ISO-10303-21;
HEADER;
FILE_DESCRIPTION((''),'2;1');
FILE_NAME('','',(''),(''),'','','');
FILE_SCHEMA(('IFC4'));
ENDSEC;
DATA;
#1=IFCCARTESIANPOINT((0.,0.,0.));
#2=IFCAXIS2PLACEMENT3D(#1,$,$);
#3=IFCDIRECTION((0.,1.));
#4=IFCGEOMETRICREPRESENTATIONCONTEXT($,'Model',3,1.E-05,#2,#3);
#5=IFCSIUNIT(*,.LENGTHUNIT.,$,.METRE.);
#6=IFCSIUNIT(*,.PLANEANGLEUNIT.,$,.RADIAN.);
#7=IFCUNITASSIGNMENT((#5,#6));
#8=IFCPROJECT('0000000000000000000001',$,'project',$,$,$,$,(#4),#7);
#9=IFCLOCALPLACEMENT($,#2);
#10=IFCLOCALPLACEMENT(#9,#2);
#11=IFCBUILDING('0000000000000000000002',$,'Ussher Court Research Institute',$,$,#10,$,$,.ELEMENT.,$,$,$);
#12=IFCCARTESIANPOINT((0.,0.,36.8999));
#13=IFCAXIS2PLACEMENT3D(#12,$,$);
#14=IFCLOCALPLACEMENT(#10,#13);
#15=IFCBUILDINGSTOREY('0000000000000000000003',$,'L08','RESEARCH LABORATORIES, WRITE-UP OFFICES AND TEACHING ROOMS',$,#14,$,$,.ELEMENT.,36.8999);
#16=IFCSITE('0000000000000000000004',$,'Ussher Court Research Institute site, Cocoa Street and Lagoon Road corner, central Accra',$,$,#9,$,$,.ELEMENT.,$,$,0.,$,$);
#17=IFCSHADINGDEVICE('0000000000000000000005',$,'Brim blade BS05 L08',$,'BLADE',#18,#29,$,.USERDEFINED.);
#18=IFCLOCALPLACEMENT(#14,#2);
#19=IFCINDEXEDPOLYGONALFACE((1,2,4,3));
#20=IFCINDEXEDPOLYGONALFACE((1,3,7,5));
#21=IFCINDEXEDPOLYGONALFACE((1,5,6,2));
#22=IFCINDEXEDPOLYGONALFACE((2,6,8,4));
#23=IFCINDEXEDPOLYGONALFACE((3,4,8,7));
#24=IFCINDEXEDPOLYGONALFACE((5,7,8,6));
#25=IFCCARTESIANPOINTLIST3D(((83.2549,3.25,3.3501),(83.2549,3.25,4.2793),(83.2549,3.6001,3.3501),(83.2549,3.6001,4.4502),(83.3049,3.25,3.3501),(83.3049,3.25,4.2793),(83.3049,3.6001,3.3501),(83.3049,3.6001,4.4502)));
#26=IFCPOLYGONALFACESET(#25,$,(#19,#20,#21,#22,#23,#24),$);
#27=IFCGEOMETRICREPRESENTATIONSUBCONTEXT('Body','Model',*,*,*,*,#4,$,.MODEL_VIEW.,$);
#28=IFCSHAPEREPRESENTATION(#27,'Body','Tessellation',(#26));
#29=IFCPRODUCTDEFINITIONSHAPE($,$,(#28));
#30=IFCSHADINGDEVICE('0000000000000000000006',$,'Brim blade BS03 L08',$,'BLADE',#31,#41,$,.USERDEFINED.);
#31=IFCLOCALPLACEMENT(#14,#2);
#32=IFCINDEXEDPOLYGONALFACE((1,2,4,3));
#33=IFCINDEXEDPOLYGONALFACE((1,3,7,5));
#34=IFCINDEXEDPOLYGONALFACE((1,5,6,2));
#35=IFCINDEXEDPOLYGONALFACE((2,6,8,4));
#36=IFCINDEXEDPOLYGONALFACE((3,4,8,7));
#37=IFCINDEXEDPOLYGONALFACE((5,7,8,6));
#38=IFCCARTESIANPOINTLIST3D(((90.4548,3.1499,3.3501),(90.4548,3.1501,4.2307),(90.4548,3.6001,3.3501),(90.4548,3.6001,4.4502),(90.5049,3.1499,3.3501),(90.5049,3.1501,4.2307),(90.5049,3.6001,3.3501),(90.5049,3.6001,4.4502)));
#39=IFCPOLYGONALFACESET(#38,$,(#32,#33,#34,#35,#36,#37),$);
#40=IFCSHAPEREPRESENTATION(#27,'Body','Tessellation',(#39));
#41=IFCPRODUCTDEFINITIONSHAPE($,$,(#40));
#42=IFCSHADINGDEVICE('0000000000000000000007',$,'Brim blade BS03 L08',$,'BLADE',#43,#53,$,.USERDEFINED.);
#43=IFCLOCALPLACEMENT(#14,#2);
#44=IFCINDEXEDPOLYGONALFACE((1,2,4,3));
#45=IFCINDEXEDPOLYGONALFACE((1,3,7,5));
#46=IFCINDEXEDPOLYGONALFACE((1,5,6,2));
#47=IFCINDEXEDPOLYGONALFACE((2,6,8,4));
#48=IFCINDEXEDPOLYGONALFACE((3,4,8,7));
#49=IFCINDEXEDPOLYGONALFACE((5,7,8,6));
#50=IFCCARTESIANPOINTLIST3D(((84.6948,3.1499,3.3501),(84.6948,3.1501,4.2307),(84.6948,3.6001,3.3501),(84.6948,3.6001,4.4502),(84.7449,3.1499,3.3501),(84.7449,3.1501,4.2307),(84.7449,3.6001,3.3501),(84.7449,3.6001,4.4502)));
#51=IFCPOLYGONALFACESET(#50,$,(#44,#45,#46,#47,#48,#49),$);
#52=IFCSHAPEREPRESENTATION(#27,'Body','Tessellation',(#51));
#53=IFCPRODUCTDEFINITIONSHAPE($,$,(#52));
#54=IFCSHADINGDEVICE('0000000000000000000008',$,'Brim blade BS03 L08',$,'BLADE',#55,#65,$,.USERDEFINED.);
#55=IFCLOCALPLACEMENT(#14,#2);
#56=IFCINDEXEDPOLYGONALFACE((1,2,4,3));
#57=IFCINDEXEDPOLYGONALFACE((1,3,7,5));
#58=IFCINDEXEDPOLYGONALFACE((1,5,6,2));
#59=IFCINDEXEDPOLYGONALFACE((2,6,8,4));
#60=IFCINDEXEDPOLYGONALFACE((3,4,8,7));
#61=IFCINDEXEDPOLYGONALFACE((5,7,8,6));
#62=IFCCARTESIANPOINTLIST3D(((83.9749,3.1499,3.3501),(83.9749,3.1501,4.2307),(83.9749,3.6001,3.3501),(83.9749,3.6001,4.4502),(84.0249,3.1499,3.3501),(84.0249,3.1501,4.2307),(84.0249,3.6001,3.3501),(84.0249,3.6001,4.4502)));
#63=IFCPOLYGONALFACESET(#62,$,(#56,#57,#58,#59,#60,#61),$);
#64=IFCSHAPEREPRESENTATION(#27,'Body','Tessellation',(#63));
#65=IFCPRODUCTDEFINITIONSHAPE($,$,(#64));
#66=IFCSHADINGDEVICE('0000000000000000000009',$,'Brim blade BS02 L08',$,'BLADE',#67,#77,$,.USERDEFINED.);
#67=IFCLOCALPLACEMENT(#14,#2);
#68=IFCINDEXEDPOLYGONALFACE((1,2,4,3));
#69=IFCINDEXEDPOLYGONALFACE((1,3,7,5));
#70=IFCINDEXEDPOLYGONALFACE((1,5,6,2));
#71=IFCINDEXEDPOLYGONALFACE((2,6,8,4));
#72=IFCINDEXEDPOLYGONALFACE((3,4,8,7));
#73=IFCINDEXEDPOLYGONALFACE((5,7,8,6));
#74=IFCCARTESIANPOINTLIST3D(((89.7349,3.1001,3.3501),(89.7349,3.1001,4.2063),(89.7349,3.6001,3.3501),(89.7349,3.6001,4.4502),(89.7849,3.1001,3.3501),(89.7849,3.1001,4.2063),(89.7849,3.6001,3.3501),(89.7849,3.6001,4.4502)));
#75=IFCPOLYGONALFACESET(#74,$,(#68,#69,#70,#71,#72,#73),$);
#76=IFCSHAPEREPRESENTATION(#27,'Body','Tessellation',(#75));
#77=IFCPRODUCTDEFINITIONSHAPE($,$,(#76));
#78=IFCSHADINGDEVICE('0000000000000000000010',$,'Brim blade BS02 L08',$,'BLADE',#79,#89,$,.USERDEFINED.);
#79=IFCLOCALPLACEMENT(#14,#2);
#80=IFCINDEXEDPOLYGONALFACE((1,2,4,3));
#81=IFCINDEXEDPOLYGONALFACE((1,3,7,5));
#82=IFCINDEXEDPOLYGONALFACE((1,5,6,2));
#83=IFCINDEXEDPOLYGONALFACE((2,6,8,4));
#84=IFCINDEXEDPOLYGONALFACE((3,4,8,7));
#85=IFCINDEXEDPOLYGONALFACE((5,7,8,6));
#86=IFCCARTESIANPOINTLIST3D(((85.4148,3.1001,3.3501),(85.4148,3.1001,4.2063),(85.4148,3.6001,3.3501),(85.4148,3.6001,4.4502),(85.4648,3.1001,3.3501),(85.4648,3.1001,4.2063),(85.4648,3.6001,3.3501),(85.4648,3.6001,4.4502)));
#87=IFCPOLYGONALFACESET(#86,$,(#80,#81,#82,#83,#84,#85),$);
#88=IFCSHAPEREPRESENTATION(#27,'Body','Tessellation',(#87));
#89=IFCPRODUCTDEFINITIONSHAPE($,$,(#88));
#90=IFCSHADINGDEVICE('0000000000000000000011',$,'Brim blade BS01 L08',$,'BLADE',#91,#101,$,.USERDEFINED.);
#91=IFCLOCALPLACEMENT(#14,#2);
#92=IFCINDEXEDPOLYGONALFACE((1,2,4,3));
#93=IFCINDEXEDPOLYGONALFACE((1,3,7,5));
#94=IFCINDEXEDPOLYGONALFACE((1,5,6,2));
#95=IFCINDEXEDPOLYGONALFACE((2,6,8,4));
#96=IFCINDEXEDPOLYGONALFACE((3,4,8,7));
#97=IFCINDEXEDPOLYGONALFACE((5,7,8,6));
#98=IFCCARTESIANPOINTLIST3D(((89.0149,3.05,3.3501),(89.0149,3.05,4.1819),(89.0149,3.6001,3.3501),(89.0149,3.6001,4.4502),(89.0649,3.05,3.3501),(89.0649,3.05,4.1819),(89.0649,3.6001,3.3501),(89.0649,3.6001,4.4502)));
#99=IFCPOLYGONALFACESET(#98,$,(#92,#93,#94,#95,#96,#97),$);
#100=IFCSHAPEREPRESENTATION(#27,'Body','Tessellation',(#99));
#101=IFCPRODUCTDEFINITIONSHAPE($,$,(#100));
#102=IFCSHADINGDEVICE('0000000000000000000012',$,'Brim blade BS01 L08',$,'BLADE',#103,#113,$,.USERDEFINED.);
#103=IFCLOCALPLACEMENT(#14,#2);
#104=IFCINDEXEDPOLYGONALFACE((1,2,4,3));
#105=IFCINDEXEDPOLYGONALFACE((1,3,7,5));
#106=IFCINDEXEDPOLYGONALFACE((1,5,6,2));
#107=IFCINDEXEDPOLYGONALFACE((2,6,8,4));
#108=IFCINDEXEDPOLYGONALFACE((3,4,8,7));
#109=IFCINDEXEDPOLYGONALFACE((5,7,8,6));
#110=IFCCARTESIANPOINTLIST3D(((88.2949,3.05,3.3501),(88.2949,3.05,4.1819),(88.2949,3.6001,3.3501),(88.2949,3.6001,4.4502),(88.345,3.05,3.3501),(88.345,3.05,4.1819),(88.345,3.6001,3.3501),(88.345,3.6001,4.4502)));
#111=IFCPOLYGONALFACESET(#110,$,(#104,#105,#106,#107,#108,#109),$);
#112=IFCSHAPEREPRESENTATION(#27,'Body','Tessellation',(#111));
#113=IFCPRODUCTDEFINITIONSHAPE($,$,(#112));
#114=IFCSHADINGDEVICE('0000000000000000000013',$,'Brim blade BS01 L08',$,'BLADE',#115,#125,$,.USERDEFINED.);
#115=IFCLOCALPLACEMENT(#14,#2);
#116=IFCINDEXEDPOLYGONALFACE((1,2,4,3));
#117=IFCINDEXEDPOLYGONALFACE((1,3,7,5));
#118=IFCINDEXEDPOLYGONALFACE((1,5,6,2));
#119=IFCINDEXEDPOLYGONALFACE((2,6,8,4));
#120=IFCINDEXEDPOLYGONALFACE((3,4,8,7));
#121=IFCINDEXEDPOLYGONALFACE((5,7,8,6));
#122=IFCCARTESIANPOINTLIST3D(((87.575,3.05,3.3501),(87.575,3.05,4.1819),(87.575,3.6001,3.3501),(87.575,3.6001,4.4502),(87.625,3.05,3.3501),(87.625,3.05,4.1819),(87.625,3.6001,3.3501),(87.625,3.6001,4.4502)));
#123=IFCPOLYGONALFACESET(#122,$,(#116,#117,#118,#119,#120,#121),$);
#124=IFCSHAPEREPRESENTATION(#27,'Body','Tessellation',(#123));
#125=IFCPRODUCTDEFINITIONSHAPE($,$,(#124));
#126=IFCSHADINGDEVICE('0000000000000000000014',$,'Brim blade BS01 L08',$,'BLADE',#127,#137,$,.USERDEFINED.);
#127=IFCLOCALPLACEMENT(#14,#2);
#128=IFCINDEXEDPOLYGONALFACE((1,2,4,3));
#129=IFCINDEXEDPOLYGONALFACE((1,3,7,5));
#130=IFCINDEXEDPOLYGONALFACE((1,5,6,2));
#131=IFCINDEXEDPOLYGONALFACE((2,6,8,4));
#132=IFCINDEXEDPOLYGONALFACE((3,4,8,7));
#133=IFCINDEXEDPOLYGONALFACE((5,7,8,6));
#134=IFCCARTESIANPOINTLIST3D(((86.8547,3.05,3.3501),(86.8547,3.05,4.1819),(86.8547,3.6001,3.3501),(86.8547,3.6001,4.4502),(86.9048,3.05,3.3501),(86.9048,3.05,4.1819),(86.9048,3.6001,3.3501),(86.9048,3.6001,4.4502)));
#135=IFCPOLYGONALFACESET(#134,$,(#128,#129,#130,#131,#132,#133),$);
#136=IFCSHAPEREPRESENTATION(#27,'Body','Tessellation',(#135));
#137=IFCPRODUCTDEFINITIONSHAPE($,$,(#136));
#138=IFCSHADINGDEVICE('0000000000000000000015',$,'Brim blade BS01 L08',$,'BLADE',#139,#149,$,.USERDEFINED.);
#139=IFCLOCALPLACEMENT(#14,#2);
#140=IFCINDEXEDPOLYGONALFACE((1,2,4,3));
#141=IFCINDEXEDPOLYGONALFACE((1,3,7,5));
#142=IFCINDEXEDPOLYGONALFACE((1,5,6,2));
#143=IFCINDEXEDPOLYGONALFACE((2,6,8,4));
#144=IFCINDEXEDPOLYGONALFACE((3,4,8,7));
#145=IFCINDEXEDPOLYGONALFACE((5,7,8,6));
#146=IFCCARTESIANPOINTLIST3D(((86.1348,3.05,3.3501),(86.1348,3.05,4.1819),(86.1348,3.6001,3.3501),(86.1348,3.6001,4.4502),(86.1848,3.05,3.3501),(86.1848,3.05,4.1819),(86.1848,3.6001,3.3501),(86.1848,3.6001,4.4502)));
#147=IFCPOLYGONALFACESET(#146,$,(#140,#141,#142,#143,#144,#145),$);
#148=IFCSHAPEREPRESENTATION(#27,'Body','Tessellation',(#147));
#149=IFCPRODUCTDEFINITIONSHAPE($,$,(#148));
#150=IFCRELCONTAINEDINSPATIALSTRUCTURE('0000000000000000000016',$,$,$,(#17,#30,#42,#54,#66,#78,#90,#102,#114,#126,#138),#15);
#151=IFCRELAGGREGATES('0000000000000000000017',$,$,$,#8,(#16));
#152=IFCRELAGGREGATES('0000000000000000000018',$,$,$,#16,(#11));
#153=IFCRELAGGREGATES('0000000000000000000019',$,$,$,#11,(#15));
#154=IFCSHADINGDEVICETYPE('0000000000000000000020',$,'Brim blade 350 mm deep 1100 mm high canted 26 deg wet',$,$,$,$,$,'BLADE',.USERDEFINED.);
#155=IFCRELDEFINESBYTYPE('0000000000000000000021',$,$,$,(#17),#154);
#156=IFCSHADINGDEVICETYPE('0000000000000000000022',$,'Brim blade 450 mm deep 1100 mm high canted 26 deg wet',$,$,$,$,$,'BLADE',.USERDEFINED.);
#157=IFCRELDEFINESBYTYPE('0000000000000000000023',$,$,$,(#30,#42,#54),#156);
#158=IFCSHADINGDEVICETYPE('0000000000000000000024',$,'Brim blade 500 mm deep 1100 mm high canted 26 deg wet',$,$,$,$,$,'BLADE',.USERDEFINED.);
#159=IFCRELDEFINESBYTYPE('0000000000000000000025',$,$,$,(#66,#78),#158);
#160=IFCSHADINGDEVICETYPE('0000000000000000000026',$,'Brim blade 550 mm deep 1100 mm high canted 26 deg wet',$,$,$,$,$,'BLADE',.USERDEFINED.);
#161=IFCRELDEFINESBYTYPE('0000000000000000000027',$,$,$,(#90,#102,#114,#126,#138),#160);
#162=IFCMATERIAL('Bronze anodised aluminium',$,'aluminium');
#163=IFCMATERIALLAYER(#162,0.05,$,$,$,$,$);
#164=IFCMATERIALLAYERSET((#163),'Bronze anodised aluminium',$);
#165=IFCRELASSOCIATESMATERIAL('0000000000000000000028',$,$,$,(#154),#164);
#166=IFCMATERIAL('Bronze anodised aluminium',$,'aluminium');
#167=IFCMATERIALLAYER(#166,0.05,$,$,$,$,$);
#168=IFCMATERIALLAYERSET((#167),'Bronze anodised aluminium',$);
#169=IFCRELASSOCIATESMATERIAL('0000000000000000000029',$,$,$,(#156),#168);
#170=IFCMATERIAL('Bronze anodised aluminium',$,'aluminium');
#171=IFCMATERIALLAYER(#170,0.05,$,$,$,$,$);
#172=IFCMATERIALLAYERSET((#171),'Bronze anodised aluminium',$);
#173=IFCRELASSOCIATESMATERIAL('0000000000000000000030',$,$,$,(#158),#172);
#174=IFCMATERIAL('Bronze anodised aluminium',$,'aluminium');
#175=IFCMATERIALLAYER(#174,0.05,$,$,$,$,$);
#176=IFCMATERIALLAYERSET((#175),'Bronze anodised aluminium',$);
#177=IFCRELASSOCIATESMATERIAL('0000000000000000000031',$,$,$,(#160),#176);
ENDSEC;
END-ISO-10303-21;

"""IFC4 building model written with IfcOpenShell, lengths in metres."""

from ifc_helpers import new_model, si_unit, direction, frame, origin, place, context, subcontext, project, spatial, polyline, outline, extrude, material, layer, layer_set, type_object, element, save


model = new_model("IFC4")

# Units and contexts
model_context = context("Model", 3, precision=1e-05, world=origin(), true_north=direction((0.0, 1.0)))
body_context = subcontext(model_context, "Body", "Model", "MODEL_VIEW")
ifc_project = project(units=[si_unit("LENGTHUNIT", "METRE"), si_unit("PLANEANGLEUNIT", "RADIAN")], contexts=[model_context])

# Site, building, storey
site_placement = place(None, origin())
site = spatial("IfcSite", under=ifc_project, at=site_placement, Name="Ussher Court Research Institute site, Cocoa Street and Lagoon Road corner, central Accra", CompositionType="ELEMENT", RefElevation=0.0)
building_placement = place(site_placement, origin())
building = spatial("IfcBuilding", under=site, at=building_placement, Name="Ussher Court Research Institute", CompositionType="ELEMENT")
storey_placement = place(building_placement, frame((0.0, 0.0, 36.8999)))
storey = spatial("IfcBuildingStorey", under=building, at=storey_placement, Name="L08", Description="RESEARCH LABORATORIES, WRITE-UP OFFICES AND TEACHING ROOMS", CompositionType="ELEMENT", Elevation=36.8999)

# Shading devices
ifc_material_1 = material(Name="Bronze anodised aluminium", Category="aluminium")
ifc_layer_1 = layer(ifc_material_1, 0.05)
ifc_layer_set_1 = layer_set([ifc_layer_1], Name="Bronze anodised aluminium")
shading_device_type_1 = type_object("IfcShadingDeviceType", Name="Brim blade 350 mm deep 1100 mm high canted 26 deg wet", ElementType="BLADE", PredefinedType="USERDEFINED", material=ifc_layer_set_1)
shading_device_1_placement = place(storey_placement, frame((83.28, 3.6001, 3.3501), z_axis=(0.0, 0.0, 1.0), x_axis=(0.0, -1.0, 0.0)))
element("IfcShadingDevice", 1, at=shading_device_1_placement, inside=storey, type_object=shading_device_type_1, Name="Brim blade BS05 L08", ObjectType="BLADE", PredefinedType="USERDEFINED", context=body_context, shape_type="SweptSolid", body=[
    extrude(outline(polyline([(0.0, 0.0), (0.3501, 0.0), (0.3501, 0.9292), (0.0, 1.1001), (0.0, 0.0)])), frame((0.0, 0.0249, 0.0), z_axis=(0.0, -1.0, 0.0), x_axis=(1.0, 0.0, 0.0)), (0.0, 0.0, 1.0), 0.05),
])
ifc_material_2 = material(Name="Bronze anodised aluminium", Category="aluminium")
ifc_layer_2 = layer(ifc_material_2, 0.05)
ifc_layer_set_2 = layer_set([ifc_layer_2], Name="Bronze anodised aluminium")
shading_device_type_2 = type_object("IfcShadingDeviceType", Name="Brim blade 450 mm deep 1100 mm high canted 26 deg wet", ElementType="BLADE", PredefinedType="USERDEFINED", material=ifc_layer_set_2)
for number, where, z_axis, x_axis, name in (
    (2, (90.48, 3.6001, 3.3501), (0.0, 0.0, 1.0), (0.0, -1.0, 0.0), "Brim blade BS03 L08"),
    (3, (84.72, 3.6001, 3.3501), (0.0, 0.0, 1.0), (0.0, -1.0, 0.0), "Brim blade BS03 L08"),
    (4, (84.0, 3.6001, 3.3501), (0.0, 0.0, 1.0), (0.0, -1.0, 0.0), "Brim blade BS03 L08"),
):
    element("IfcShadingDevice", number, at=place(storey_placement, frame(where, z_axis=z_axis, x_axis=x_axis)), inside=storey, type_object=shading_device_type_2, Name=name, ObjectType="BLADE", PredefinedType="USERDEFINED", context=body_context, shape_type="SweptSolid", body=[
        extrude(outline(polyline([(0.0, 0.0), (0.4502, 0.0), (0.45, 0.8806), (0.0, 1.1001), (0.0, 0.0)])), frame((0.0, 0.0249, 0.0), z_axis=(0.0, -1.0, 0.0), x_axis=(1.0, 0.0, 0.0)), (0.0, 0.0, 1.0), 0.05),
    ])
ifc_material_3 = material(Name="Bronze anodised aluminium", Category="aluminium")
ifc_layer_3 = layer(ifc_material_3, 0.05)
ifc_layer_set_3 = layer_set([ifc_layer_3], Name="Bronze anodised aluminium")
shading_device_type_3 = type_object("IfcShadingDeviceType", Name="Brim blade 500 mm deep 1100 mm high canted 26 deg wet", ElementType="BLADE", PredefinedType="USERDEFINED", material=ifc_layer_set_3)
for number, where, z_axis, x_axis, name in (
    (5, (89.76, 3.6001, 3.3501), (0.0, 0.0, 1.0), (0.0, -1.0, 0.0), "Brim blade BS02 L08"),
    (6, (85.4399, 3.6001, 3.3501), (0.0, 0.0, 1.0), (0.0, -1.0, 0.0), "Brim blade BS02 L08"),
):
    element("IfcShadingDevice", number, at=place(storey_placement, frame(where, z_axis=z_axis, x_axis=x_axis)), inside=storey, type_object=shading_device_type_3, Name=name, ObjectType="BLADE", PredefinedType="USERDEFINED", context=body_context, shape_type="SweptSolid", body=[
        extrude(outline(polyline([(0.0, 0.0), (0.5, 0.0), (0.5, 0.8562), (0.0, 1.1001), (0.0, 0.0)])), frame((0.0, 0.0249, 0.0), z_axis=(0.0, -1.0, 0.0), x_axis=(1.0, 0.0, 0.0)), (0.0, 0.0, 1.0), 0.05),
    ])
ifc_material_4 = material(Name="Bronze anodised aluminium", Category="aluminium")
ifc_layer_4 = layer(ifc_material_4, 0.05)
ifc_layer_set_4 = layer_set([ifc_layer_4], Name="Bronze anodised aluminium")
shading_device_type_4 = type_object("IfcShadingDeviceType", Name="Brim blade 550 mm deep 1100 mm high canted 26 deg wet", ElementType="BLADE", PredefinedType="USERDEFINED", material=ifc_layer_set_4)
for number, where, z_axis, x_axis, name in (
    (7, (89.04, 3.6001, 3.3501), (0.0, 0.0, 1.0), (0.0, -1.0, 0.0), "Brim blade BS01 L08"),
    (8, (88.3201, 3.6001, 3.3501), (0.0, 0.0, 1.0), (0.0, -1.0, 0.0), "Brim blade BS01 L08"),
    (9, (87.6001, 3.6001, 3.3501), (0.0, 0.0, 1.0), (0.0, -1.0, 0.0), "Brim blade BS01 L08"),
    (10, (86.8799, 3.6001, 3.3501), (0.0, 0.0, 1.0), (0.0, -1.0, 0.0), "Brim blade BS01 L08"),
    (11, (86.1599, 3.6001, 3.3501), (0.0, 0.0, 1.0), (0.0, -1.0, 0.0), "Brim blade BS01 L08"),
):
    element("IfcShadingDevice", number, at=place(storey_placement, frame(where, z_axis=z_axis, x_axis=x_axis)), inside=storey, type_object=shading_device_type_4, Name=name, ObjectType="BLADE", PredefinedType="USERDEFINED", context=body_context, shape_type="SweptSolid", body=[
        extrude(outline(polyline([(0.0, 0.0), (0.55, 0.0), (0.55, 0.8318), (0.0, 1.1001), (0.0, 0.0)])), frame((0.0, 0.0249, 0.0), z_axis=(0.0, -1.0, 0.0), x_axis=(1.0, 0.0, 0.0)), (0.0, 0.0, 1.0), 0.05),
    ])

save(model, "model.ifc")
